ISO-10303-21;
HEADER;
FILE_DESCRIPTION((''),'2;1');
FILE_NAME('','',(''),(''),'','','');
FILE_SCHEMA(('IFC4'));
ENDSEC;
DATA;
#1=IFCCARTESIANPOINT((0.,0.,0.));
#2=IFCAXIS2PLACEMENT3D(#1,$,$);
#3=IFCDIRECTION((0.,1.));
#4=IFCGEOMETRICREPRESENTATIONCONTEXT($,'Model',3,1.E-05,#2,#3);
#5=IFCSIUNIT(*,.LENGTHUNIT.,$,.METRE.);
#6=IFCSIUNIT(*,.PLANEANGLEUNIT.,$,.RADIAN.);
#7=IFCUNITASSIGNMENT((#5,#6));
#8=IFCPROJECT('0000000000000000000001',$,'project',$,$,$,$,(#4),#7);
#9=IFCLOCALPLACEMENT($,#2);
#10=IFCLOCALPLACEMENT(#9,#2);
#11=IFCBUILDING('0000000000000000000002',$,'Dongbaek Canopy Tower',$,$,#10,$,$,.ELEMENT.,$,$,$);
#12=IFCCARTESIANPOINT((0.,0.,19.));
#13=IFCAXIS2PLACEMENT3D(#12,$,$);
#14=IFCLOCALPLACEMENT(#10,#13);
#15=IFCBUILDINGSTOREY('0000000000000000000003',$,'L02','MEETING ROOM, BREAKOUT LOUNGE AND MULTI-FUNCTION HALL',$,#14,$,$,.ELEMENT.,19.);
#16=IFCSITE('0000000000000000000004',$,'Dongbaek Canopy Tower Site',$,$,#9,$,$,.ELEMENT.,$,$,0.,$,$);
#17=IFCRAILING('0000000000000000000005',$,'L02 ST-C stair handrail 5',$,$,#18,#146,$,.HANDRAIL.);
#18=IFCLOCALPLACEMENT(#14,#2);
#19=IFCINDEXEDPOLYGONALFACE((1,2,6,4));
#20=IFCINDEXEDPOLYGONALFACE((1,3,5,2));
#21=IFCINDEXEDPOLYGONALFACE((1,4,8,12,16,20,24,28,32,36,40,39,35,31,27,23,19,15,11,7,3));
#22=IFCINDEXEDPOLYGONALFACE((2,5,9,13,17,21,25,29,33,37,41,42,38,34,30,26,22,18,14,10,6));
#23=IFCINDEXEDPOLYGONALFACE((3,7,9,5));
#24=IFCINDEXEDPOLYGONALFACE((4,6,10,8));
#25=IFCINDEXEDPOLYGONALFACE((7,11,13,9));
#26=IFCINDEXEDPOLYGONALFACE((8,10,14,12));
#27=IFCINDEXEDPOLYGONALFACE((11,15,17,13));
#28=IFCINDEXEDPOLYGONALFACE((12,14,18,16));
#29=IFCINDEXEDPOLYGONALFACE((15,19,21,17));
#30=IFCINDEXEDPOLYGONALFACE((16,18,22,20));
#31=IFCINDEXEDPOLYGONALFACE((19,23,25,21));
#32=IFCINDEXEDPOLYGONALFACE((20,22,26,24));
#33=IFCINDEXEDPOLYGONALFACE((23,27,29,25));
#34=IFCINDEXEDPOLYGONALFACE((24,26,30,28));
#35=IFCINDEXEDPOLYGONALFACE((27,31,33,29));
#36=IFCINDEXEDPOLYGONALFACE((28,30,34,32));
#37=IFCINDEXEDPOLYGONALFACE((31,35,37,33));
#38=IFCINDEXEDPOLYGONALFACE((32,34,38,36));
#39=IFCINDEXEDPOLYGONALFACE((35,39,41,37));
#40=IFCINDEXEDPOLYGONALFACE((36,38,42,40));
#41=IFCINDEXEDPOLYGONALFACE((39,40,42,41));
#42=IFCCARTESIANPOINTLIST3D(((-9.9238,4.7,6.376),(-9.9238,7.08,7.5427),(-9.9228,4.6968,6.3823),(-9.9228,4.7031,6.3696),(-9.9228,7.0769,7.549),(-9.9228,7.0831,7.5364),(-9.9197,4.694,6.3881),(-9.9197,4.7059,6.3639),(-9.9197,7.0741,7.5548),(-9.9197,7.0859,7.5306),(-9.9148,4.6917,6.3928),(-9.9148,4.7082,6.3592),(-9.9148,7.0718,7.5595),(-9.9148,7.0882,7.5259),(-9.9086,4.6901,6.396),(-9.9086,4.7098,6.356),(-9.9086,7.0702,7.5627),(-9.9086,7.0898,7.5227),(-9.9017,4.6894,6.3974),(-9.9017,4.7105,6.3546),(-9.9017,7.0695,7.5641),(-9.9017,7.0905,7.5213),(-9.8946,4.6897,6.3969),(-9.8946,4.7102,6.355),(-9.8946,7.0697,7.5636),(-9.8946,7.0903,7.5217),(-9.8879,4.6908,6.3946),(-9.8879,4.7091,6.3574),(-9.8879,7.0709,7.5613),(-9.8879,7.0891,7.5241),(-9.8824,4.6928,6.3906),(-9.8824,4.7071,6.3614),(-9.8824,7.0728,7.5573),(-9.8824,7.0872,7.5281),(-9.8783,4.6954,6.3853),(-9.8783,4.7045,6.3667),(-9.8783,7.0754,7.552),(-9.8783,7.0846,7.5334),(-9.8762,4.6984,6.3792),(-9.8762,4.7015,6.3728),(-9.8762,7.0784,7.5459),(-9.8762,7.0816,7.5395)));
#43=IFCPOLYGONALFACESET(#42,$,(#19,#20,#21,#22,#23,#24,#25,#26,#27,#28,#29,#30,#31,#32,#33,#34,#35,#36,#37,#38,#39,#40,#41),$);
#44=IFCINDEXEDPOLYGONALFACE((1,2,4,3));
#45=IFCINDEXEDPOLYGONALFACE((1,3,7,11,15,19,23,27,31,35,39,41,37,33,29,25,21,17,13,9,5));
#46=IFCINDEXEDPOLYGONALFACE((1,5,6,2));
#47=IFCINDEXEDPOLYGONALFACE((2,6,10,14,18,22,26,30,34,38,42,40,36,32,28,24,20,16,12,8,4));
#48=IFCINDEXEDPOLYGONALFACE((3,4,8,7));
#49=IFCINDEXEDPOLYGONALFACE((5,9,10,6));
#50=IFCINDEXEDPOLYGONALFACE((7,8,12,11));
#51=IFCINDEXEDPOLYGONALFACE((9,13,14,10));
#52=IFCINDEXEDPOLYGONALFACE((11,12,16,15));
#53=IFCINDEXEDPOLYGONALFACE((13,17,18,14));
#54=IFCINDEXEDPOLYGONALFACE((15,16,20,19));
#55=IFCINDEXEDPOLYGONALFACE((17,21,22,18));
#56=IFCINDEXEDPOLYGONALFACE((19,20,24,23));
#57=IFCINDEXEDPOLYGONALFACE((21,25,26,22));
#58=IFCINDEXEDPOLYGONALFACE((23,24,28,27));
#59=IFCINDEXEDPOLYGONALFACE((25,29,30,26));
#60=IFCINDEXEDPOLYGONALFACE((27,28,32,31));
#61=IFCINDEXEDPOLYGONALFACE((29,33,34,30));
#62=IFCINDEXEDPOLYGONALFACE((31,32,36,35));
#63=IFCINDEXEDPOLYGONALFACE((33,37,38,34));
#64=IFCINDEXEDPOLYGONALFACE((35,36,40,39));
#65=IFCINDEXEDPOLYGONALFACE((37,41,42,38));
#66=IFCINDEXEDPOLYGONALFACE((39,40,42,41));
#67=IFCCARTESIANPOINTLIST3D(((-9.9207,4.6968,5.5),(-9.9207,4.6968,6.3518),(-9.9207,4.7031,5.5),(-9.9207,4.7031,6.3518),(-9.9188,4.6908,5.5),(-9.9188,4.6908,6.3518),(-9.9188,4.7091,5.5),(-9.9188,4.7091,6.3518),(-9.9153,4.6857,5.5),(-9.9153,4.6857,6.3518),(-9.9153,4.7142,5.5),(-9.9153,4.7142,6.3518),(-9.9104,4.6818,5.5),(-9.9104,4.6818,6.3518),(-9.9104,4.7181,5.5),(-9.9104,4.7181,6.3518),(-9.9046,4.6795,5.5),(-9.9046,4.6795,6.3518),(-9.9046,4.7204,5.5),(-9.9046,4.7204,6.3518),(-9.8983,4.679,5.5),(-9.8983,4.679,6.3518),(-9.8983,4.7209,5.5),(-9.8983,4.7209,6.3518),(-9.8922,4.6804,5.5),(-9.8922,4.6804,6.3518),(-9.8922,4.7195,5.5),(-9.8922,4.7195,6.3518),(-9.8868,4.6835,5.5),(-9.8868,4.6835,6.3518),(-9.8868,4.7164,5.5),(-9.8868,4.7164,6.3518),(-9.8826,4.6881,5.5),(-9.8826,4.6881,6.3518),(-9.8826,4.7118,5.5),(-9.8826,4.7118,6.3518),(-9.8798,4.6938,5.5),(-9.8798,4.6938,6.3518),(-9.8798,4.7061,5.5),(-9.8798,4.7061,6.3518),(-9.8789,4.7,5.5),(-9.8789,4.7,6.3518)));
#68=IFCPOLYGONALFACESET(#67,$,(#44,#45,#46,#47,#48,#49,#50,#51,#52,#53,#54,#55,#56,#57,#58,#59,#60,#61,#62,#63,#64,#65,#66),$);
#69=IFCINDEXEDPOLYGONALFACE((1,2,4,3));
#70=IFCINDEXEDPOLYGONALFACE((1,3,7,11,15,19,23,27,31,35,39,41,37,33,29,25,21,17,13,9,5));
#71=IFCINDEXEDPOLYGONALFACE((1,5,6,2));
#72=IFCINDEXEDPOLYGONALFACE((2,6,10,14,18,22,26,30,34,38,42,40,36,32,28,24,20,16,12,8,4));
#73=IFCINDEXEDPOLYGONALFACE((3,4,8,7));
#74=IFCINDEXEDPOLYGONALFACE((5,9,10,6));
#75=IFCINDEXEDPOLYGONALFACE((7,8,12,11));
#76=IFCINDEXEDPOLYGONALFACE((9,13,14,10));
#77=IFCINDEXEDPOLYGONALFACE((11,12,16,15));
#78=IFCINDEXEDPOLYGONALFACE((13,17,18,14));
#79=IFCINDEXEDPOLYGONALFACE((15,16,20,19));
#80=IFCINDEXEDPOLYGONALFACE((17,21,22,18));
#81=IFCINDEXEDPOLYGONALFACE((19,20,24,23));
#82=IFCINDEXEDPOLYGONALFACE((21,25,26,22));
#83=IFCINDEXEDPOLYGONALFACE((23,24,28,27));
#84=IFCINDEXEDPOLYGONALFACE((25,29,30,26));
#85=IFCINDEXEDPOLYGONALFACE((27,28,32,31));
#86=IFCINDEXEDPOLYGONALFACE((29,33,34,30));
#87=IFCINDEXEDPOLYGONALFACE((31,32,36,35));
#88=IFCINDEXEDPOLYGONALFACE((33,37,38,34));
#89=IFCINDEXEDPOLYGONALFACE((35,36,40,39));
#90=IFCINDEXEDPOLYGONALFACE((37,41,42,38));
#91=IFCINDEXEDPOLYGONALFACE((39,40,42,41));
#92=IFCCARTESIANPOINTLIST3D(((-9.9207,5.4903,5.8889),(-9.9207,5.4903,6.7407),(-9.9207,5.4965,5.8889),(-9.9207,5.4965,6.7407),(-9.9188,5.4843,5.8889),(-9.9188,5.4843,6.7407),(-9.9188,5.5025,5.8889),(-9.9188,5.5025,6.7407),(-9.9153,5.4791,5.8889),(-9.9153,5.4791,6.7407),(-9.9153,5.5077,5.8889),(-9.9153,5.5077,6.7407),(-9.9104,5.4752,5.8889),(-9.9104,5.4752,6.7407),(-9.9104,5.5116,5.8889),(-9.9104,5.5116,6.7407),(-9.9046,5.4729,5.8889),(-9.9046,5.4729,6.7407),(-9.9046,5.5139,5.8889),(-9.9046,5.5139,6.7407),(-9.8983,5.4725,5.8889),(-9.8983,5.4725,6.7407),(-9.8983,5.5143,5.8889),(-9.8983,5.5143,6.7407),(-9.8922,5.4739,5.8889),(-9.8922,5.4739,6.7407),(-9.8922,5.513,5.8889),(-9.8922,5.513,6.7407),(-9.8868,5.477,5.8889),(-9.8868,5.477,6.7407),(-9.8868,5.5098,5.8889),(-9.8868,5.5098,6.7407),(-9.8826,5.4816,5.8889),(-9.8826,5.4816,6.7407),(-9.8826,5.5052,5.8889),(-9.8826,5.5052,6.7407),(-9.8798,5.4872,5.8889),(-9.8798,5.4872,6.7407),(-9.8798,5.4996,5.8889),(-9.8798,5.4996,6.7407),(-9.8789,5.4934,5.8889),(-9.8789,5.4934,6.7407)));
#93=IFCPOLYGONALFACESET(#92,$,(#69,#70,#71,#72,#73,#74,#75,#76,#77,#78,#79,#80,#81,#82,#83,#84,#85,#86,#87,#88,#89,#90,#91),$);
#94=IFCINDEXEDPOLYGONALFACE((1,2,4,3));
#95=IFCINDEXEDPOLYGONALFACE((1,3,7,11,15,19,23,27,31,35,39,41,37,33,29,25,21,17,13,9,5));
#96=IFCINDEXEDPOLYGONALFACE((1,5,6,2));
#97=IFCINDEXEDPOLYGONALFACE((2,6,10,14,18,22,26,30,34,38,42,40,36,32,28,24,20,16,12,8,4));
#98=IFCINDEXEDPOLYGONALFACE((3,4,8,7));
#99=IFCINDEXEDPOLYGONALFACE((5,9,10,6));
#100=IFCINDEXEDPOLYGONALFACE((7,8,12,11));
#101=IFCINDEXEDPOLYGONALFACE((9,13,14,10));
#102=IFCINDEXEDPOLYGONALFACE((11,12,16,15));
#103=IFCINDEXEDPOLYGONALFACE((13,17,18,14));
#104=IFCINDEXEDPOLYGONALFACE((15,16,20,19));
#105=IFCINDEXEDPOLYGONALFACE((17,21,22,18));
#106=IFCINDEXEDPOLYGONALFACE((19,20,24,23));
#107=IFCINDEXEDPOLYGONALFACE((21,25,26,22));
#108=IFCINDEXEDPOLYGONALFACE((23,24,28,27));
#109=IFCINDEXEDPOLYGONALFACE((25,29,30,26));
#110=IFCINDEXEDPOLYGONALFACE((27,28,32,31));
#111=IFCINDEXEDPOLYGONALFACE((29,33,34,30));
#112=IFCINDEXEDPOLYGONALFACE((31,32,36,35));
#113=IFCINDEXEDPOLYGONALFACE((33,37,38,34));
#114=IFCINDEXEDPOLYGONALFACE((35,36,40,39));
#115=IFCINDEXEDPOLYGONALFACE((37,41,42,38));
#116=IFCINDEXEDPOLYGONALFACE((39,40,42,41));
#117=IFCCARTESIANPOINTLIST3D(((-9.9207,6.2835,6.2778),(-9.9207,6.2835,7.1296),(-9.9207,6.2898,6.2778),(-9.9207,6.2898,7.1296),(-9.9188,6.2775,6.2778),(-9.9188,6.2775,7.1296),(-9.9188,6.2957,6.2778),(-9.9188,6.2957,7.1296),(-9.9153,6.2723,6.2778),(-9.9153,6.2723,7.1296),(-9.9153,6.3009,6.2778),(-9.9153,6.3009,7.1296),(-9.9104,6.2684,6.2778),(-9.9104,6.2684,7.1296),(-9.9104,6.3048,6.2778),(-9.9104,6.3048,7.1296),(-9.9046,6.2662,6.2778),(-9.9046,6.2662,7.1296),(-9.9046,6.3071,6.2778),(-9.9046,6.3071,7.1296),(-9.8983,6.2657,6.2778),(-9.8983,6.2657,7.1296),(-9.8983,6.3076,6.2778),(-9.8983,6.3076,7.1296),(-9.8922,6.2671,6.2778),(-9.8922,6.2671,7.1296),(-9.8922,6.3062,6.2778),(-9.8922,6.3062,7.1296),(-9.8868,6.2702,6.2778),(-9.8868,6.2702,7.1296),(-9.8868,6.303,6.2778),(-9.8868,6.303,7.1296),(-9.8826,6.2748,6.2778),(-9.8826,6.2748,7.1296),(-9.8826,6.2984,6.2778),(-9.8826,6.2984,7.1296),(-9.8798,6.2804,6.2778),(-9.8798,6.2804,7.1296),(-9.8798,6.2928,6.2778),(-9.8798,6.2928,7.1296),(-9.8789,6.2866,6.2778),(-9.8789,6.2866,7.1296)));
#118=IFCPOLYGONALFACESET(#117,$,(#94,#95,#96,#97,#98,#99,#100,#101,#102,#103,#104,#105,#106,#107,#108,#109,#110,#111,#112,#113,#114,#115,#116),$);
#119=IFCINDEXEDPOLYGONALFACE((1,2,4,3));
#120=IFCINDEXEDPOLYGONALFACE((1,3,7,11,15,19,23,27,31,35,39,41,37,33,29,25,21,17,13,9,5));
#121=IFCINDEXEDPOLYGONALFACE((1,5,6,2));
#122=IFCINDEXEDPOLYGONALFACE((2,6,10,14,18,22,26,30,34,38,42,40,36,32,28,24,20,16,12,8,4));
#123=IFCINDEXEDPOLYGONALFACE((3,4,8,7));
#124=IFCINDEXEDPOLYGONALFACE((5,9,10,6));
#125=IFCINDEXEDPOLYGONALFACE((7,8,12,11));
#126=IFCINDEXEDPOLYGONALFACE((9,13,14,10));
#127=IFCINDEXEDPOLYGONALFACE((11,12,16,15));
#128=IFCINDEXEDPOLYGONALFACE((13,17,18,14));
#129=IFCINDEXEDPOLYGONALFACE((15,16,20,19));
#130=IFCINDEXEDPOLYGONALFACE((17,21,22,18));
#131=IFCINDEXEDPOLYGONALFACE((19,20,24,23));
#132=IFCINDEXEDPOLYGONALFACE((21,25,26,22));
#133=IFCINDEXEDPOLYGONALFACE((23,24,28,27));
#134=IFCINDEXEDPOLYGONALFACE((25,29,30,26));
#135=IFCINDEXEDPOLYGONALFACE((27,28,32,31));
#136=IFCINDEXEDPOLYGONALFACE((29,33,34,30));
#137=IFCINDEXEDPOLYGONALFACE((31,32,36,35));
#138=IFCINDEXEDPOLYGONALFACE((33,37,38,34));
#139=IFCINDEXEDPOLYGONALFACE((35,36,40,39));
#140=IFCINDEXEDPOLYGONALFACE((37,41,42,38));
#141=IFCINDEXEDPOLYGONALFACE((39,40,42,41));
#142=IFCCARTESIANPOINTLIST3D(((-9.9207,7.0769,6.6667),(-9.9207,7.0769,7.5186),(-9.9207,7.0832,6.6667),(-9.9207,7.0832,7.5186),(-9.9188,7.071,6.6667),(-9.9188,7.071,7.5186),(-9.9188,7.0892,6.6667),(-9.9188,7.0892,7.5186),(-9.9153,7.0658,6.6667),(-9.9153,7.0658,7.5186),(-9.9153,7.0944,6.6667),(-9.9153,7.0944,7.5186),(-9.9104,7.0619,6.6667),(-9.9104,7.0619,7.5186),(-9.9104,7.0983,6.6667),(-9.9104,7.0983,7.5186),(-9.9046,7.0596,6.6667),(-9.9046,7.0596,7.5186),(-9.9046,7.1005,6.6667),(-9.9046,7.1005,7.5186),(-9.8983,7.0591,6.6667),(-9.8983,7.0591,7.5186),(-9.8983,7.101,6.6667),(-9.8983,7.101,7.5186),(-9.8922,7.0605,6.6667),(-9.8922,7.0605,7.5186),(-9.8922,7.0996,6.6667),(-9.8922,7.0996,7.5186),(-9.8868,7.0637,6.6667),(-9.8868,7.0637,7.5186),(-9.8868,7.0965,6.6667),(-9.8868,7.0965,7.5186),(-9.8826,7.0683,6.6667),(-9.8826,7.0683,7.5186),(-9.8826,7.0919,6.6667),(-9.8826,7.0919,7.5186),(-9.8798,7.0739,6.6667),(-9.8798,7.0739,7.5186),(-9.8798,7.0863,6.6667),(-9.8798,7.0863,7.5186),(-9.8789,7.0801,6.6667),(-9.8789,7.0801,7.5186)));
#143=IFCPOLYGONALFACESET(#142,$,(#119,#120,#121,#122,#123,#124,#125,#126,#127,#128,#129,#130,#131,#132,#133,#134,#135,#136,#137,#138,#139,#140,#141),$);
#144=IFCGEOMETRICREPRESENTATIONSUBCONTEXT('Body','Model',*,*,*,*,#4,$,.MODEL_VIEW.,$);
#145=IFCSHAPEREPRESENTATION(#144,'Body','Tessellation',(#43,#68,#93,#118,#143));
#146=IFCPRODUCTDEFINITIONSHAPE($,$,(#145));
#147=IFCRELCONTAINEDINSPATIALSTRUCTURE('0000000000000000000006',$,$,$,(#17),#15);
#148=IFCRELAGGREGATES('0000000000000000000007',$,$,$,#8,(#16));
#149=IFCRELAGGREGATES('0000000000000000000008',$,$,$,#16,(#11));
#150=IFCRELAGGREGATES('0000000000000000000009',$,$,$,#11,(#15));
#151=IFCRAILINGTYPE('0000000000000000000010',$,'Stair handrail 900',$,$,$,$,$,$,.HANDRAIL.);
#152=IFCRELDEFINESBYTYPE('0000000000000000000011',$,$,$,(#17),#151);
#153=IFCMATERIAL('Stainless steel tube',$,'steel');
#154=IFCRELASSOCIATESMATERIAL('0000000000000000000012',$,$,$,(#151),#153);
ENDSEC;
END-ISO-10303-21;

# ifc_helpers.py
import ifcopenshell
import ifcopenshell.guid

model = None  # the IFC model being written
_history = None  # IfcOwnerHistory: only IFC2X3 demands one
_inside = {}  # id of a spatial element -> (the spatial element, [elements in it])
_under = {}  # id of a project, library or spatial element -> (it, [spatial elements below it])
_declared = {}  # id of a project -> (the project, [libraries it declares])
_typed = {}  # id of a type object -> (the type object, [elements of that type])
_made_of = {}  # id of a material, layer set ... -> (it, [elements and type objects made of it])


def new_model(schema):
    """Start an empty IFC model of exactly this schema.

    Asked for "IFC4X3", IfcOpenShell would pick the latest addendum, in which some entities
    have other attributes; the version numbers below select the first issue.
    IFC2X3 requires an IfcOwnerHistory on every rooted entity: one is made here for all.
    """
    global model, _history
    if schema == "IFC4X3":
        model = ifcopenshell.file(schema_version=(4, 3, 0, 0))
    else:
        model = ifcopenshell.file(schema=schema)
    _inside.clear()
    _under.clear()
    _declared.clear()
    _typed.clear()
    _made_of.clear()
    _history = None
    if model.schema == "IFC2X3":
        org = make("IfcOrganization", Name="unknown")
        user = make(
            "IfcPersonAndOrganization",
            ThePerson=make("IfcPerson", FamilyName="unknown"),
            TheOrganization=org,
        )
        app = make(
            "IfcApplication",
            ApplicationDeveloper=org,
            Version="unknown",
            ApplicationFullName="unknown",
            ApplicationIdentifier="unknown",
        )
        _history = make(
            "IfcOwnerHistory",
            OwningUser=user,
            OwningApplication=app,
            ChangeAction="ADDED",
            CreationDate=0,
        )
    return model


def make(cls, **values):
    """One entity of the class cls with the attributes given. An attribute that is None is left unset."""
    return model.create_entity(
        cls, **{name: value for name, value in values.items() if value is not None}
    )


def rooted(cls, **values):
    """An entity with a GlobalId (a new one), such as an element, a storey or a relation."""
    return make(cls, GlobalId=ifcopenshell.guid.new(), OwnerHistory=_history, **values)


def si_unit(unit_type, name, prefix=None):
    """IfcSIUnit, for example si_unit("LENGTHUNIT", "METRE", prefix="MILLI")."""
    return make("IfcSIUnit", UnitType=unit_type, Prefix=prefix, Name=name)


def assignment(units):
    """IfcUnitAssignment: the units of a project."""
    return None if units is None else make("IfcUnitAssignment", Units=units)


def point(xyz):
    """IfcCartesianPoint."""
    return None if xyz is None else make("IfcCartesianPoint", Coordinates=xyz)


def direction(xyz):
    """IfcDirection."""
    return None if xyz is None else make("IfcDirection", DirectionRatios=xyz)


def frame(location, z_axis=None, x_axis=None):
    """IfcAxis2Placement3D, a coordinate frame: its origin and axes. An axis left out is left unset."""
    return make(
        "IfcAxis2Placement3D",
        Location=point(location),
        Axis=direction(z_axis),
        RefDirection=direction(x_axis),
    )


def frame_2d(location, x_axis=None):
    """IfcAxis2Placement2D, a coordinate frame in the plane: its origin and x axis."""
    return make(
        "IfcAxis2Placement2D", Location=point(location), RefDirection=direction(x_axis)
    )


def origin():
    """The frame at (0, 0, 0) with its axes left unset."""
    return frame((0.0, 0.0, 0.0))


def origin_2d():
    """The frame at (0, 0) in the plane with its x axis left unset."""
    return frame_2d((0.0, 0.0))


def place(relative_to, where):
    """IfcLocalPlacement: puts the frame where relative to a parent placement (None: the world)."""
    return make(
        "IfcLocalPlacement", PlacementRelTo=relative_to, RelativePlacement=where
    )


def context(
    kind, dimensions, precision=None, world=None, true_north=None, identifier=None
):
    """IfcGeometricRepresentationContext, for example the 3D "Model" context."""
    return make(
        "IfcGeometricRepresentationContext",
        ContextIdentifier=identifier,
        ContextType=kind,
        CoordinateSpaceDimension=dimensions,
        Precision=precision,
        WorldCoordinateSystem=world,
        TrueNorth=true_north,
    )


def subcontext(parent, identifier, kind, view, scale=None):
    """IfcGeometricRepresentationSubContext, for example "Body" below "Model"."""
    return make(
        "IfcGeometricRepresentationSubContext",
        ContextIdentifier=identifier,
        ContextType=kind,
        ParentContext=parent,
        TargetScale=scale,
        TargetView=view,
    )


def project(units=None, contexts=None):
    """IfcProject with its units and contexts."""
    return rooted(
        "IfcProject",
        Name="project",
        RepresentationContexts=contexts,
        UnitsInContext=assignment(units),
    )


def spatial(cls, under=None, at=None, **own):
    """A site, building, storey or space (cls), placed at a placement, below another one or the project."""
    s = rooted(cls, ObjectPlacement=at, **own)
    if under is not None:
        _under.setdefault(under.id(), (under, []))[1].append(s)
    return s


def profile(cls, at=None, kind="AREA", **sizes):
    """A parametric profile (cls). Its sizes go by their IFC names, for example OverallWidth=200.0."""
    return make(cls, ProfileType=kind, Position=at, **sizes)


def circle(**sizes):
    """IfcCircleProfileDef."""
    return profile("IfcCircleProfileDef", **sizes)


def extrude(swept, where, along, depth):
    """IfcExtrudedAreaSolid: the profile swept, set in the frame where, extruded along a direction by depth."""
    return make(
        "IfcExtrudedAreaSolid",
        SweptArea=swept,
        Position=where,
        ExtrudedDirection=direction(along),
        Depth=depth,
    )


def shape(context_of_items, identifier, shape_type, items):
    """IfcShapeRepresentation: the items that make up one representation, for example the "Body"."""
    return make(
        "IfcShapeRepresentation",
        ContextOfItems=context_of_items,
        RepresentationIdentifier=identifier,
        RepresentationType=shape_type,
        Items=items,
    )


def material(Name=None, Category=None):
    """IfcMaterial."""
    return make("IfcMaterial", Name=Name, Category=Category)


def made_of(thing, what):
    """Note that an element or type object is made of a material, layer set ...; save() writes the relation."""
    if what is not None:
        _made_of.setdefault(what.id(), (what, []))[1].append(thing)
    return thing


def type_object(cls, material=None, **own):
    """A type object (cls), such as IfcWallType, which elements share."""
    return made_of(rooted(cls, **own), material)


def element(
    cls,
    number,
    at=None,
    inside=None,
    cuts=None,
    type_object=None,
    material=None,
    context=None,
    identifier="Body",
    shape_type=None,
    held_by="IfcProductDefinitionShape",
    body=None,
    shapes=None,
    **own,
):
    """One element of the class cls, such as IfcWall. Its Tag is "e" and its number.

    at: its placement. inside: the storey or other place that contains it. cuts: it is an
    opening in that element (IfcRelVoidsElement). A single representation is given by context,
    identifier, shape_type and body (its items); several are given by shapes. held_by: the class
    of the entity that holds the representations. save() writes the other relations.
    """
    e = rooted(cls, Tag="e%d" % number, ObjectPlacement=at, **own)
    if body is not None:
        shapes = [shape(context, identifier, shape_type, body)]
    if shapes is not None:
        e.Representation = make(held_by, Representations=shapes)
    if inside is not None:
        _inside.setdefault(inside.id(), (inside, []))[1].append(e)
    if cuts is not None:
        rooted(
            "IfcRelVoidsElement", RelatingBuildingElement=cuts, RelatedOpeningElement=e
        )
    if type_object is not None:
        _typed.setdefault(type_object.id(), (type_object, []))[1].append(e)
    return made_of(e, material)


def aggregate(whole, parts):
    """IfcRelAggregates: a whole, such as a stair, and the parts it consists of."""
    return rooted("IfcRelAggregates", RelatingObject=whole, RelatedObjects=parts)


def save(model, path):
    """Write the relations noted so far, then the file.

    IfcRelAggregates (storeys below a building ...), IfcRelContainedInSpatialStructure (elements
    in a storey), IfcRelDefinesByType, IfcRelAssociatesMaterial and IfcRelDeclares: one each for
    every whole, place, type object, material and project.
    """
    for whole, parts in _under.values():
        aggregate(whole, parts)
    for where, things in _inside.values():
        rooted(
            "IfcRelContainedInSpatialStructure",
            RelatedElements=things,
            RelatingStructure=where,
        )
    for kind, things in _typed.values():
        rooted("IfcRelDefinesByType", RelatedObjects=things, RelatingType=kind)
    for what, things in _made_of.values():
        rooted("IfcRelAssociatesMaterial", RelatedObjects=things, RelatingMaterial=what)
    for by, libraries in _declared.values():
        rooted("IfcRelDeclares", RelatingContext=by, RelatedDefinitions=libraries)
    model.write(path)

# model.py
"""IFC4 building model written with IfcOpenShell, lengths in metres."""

from ifc_helpers import new_model, si_unit, direction, frame, origin, origin_2d, place, context, subcontext, project, spatial, circle, extrude, material, type_object, element, save


model = new_model("IFC4")

# Units and contexts
model_context = context("Model", 3, precision=1e-05, world=origin(), true_north=direction((0.0, 1.0)))
body_context = subcontext(model_context, "Body", "Model", "MODEL_VIEW")
ifc_project = project(units=[si_unit("LENGTHUNIT", "METRE"), si_unit("PLANEANGLEUNIT", "RADIAN")], contexts=[model_context])

# Site, building, storey
site_placement = place(None, origin())
site = spatial("IfcSite", under=ifc_project, at=site_placement, Name="Dongbaek Canopy Tower Site", CompositionType="ELEMENT", RefElevation=0.0)
building_placement = place(site_placement, origin())
building = spatial("IfcBuilding", under=site, at=building_placement, Name="Dongbaek Canopy Tower", CompositionType="ELEMENT")
storey_placement = place(building_placement, frame((0.0, 0.0, 19.0)))
storey = spatial("IfcBuildingStorey", under=building, at=storey_placement, Name="L02", Description="MEETING ROOM, BREAKOUT LOUNGE AND MULTI-FUNCTION HALL", CompositionType="ELEMENT", Elevation=19.0)

# Railing
ifc_material_1 = material(Name="Stainless steel tube", Category="steel")
railing_type_1 = type_object("IfcRailingType", Name="Stair handrail 900", PredefinedType="HANDRAIL", material=ifc_material_1)
railing_1_placement = place(storey_placement, frame((-9.8999, 4.7, 5.5)))
element("IfcRailing", 1, at=railing_1_placement, inside=storey, type_object=railing_type_1, Name="L02 ST-C stair handrail 5", PredefinedType="HANDRAIL", context=body_context, shape_type="SweptSolid", body=[
    extrude(circle(Radius=0.0239, at=origin_2d()), frame((0.0, 0.0, 0.876), z_axis=(0.0, 0.897918, 0.440163), x_axis=(-1.0, 0.0, 0.0)), (0.0, 0.0, 1.0), 2.6506),
    extrude(circle(Radius=0.021, at=origin_2d()), origin(), (0.0, 0.0, 1.0), 0.8518),
    extrude(circle(Radius=0.021, at=origin_2d()), frame((0.0, 0.7935, 0.3889)), (0.0, 0.0, 1.0), 0.8518),
    extrude(circle(Radius=0.021, at=origin_2d()), frame((0.0, 1.5867, 0.7778)), (0.0, 0.0, 1.0), 0.8518),
    extrude(circle(Radius=0.021, at=origin_2d()), frame((0.0, 2.3801, 1.1667)), (0.0, 0.0, 1.0), 0.8518),
])

save(model, "model.ifc")
